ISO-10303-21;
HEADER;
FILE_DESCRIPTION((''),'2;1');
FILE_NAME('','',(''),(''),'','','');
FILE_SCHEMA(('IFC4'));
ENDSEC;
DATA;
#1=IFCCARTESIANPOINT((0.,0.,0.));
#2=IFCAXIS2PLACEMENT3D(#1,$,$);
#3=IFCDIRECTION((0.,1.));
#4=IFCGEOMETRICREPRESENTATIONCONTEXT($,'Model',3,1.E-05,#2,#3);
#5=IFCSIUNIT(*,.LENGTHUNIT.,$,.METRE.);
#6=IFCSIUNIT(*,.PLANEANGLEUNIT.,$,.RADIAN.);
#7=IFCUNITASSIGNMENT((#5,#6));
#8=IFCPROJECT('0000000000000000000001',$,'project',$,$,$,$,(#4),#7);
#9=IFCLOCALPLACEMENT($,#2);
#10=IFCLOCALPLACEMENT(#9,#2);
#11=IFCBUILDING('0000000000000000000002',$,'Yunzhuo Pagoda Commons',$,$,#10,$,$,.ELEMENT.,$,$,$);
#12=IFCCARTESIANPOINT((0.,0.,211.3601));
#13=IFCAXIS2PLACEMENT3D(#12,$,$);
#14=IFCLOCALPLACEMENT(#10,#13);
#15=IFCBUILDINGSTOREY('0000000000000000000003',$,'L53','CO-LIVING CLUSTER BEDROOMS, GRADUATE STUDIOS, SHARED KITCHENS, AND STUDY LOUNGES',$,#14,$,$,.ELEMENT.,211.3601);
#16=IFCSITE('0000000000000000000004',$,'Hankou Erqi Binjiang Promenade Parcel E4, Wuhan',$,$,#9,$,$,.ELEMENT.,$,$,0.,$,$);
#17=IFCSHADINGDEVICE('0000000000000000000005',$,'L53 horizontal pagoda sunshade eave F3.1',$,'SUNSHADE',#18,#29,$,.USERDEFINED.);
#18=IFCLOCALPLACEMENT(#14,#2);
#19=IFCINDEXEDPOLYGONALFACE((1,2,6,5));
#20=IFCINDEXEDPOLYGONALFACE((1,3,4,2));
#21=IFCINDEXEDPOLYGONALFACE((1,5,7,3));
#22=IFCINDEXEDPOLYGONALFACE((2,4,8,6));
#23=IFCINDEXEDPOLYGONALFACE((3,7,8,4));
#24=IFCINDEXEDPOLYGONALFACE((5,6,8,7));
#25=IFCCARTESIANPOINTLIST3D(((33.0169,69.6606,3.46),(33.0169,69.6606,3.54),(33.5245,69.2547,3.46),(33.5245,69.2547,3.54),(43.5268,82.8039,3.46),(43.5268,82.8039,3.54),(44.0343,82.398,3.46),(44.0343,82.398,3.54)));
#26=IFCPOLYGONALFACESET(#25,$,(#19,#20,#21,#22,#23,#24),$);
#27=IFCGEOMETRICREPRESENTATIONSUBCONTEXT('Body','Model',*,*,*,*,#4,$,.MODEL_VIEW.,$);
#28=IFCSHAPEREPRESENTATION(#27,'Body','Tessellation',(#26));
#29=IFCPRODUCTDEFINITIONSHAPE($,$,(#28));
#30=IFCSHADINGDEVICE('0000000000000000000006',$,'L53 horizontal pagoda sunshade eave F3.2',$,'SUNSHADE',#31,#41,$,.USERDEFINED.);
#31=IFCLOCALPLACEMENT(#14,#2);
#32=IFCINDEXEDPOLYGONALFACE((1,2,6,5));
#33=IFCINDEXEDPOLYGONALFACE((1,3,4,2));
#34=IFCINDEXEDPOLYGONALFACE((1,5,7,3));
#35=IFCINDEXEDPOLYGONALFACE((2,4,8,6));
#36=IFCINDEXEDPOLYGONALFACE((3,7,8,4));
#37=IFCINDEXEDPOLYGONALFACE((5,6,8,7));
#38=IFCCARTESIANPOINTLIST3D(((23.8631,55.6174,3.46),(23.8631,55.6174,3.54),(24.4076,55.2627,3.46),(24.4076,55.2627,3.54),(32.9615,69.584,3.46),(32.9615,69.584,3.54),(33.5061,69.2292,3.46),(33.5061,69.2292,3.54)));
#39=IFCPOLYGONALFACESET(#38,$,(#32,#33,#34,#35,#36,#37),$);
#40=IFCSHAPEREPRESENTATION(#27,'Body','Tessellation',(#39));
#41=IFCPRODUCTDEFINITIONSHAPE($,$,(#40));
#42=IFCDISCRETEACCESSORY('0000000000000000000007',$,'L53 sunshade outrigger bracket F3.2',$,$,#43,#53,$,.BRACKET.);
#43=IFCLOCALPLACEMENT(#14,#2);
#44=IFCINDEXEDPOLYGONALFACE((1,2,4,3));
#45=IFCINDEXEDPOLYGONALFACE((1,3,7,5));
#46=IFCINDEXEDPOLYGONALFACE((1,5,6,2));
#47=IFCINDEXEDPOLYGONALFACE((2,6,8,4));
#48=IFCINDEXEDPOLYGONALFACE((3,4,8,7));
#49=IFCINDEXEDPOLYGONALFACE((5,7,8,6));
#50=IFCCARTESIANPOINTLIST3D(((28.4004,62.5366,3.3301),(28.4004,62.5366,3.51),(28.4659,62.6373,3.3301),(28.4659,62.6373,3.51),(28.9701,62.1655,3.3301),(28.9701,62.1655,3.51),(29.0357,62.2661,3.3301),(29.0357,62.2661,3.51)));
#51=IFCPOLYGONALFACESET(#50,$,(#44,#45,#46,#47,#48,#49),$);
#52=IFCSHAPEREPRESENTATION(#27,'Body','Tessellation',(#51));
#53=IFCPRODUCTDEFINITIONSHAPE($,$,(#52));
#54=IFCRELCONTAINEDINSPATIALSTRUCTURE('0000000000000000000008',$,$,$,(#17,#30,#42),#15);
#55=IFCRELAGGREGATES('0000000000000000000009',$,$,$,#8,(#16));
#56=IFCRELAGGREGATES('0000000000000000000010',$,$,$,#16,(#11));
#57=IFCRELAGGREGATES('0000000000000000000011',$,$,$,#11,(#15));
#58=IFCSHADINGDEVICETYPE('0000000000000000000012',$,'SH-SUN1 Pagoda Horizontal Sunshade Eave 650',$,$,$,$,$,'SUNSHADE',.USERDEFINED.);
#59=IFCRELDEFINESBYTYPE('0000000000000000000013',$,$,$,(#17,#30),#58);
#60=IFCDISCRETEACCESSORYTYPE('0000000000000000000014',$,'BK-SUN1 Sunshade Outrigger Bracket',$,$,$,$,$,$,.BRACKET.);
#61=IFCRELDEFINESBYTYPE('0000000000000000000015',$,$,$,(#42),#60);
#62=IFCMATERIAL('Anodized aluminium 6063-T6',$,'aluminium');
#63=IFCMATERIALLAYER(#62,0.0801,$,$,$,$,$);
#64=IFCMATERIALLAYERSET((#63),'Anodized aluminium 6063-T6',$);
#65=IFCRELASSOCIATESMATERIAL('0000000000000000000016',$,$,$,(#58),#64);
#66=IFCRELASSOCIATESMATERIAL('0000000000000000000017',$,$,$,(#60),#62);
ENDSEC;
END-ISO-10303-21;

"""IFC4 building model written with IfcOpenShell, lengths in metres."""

from ifc_helpers import new_model, si_unit, direction, frame, origin, origin_2d, place, context, subcontext, project, spatial, rectangle, extrude, source, transform, mapped, material, layer, layer_set, type_object, element, save


model = new_model("IFC4")

# Units and contexts
model_context = context("Model", 3, precision=1e-05, world=origin(), true_north=direction((0.0, 1.0)))
body_context = subcontext(model_context, "Body", "Model", "MODEL_VIEW")
ifc_project = project(units=[si_unit("LENGTHUNIT", "METRE"), si_unit("PLANEANGLEUNIT", "RADIAN")], contexts=[model_context])

# Site, building, storey
site_placement = place(None, origin())
site = spatial("IfcSite", under=ifc_project, at=site_placement, Name="Hankou Erqi Binjiang Promenade Parcel E4, Wuhan", CompositionType="ELEMENT", RefElevation=0.0)
building_placement = place(site_placement, origin())
building = spatial("IfcBuilding", under=site, at=building_placement, Name="Yunzhuo Pagoda Commons", CompositionType="ELEMENT")
storey_placement = place(building_placement, frame((0.0, 0.0, 211.3601)))
storey = spatial("IfcBuildingStorey", under=building, at=storey_placement, Name="L53", Description="CO-LIVING CLUSTER BEDROOMS, GRADUATE STUDIOS, SHARED KITCHENS, AND STUDY LOUNGES", CompositionType="ELEMENT", Elevation=211.3601)

# Shared definitions
ifc_material_1 = material(Name="Anodized aluminium 6063-T6", Category="aluminium")

# Shading devices
ifc_layer_1 = layer(ifc_material_1, 0.0801)
ifc_layer_set_1 = layer_set([ifc_layer_1], Name="Anodized aluminium 6063-T6")
shading_device_type = type_object("IfcShadingDeviceType", Name="SH-SUN1 Pagoda Horizontal Sunshade Eave 650", ElementType="SUNSHADE", PredefinedType="USERDEFINED", material=ifc_layer_set_1)
shared_shape_1 = source(origin(), body_context, "Body", "SweptSolid", [
    extrude(rectangle(XDim=16.8286, YDim=0.6499, at=origin_2d()), origin(), (0.0, 0.0, 1.0), 0.0801),
])
shading_device_1_placement = place(storey_placement, frame((38.5256, 76.0293, 3.46), z_axis=(0.0, 0.0, 1.0), x_axis=(-0.62452, -0.781008, 0.0)))
element("IfcShadingDevice", 1, at=shading_device_1_placement, inside=storey, type_object=shading_device_type, Name="L53 horizontal pagoda sunshade eave F3.1", ObjectType="SUNSHADE", PredefinedType="USERDEFINED", context=body_context, shape_type="MappedRepresentation", body=[
    mapped(shared_shape_1, transform((0.0, 0.0, 0.0), scale=1.0)),
])
shared_shape_2 = source(origin(), body_context, "Body", "SweptSolid", [
    extrude(rectangle(XDim=16.6687, YDim=0.6499, at=origin_2d()), origin(), (0.0, 0.0, 1.0), 0.0801),
])
shading_device_2_placement = place(storey_placement, frame((28.6846, 62.4233, 3.46), z_axis=(0.0, 0.0, 1.0), x_axis=(-0.545839, -0.83789, 0.0)))
element("IfcShadingDevice", 2, at=shading_device_2_placement, inside=storey, type_object=shading_device_type, Name="L53 horizontal pagoda sunshade eave F3.2", ObjectType="SUNSHADE", PredefinedType="USERDEFINED", context=body_context, shape_type="MappedRepresentation", body=[
    mapped(shared_shape_2, transform((0.0, 0.0, 0.0), scale=1.0)),
])

# Discrete accessory
discrete_accessory_type = type_object("IfcDiscreteAccessoryType", Name="BK-SUN1 Sunshade Outrigger Bracket", PredefinedType="BRACKET", material=ifc_material_1)
shared_shape_3 = source(origin(), body_context, "Body", "SweptSolid", [
    extrude(rectangle(XDim=0.1201, YDim=0.6799, at=origin_2d()), origin(), (0.0, 0.0, 1.0), 0.1799),
])
discrete_accessory_placement = place(storey_placement, frame((28.718, 62.4014, 3.3301), z_axis=(0.0, 0.0, 1.0), x_axis=(-0.545839, -0.83789, 0.0)))
element("IfcDiscreteAccessory", 3, at=discrete_accessory_placement, inside=storey, type_object=discrete_accessory_type, Name="L53 sunshade outrigger bracket F3.2", PredefinedType="BRACKET", context=body_context, shape_type="MappedRepresentation", body=[
    mapped(shared_shape_3, transform((0.0, 0.0, 0.0), scale=1.0)),
])

save(model, "model.ifc")
